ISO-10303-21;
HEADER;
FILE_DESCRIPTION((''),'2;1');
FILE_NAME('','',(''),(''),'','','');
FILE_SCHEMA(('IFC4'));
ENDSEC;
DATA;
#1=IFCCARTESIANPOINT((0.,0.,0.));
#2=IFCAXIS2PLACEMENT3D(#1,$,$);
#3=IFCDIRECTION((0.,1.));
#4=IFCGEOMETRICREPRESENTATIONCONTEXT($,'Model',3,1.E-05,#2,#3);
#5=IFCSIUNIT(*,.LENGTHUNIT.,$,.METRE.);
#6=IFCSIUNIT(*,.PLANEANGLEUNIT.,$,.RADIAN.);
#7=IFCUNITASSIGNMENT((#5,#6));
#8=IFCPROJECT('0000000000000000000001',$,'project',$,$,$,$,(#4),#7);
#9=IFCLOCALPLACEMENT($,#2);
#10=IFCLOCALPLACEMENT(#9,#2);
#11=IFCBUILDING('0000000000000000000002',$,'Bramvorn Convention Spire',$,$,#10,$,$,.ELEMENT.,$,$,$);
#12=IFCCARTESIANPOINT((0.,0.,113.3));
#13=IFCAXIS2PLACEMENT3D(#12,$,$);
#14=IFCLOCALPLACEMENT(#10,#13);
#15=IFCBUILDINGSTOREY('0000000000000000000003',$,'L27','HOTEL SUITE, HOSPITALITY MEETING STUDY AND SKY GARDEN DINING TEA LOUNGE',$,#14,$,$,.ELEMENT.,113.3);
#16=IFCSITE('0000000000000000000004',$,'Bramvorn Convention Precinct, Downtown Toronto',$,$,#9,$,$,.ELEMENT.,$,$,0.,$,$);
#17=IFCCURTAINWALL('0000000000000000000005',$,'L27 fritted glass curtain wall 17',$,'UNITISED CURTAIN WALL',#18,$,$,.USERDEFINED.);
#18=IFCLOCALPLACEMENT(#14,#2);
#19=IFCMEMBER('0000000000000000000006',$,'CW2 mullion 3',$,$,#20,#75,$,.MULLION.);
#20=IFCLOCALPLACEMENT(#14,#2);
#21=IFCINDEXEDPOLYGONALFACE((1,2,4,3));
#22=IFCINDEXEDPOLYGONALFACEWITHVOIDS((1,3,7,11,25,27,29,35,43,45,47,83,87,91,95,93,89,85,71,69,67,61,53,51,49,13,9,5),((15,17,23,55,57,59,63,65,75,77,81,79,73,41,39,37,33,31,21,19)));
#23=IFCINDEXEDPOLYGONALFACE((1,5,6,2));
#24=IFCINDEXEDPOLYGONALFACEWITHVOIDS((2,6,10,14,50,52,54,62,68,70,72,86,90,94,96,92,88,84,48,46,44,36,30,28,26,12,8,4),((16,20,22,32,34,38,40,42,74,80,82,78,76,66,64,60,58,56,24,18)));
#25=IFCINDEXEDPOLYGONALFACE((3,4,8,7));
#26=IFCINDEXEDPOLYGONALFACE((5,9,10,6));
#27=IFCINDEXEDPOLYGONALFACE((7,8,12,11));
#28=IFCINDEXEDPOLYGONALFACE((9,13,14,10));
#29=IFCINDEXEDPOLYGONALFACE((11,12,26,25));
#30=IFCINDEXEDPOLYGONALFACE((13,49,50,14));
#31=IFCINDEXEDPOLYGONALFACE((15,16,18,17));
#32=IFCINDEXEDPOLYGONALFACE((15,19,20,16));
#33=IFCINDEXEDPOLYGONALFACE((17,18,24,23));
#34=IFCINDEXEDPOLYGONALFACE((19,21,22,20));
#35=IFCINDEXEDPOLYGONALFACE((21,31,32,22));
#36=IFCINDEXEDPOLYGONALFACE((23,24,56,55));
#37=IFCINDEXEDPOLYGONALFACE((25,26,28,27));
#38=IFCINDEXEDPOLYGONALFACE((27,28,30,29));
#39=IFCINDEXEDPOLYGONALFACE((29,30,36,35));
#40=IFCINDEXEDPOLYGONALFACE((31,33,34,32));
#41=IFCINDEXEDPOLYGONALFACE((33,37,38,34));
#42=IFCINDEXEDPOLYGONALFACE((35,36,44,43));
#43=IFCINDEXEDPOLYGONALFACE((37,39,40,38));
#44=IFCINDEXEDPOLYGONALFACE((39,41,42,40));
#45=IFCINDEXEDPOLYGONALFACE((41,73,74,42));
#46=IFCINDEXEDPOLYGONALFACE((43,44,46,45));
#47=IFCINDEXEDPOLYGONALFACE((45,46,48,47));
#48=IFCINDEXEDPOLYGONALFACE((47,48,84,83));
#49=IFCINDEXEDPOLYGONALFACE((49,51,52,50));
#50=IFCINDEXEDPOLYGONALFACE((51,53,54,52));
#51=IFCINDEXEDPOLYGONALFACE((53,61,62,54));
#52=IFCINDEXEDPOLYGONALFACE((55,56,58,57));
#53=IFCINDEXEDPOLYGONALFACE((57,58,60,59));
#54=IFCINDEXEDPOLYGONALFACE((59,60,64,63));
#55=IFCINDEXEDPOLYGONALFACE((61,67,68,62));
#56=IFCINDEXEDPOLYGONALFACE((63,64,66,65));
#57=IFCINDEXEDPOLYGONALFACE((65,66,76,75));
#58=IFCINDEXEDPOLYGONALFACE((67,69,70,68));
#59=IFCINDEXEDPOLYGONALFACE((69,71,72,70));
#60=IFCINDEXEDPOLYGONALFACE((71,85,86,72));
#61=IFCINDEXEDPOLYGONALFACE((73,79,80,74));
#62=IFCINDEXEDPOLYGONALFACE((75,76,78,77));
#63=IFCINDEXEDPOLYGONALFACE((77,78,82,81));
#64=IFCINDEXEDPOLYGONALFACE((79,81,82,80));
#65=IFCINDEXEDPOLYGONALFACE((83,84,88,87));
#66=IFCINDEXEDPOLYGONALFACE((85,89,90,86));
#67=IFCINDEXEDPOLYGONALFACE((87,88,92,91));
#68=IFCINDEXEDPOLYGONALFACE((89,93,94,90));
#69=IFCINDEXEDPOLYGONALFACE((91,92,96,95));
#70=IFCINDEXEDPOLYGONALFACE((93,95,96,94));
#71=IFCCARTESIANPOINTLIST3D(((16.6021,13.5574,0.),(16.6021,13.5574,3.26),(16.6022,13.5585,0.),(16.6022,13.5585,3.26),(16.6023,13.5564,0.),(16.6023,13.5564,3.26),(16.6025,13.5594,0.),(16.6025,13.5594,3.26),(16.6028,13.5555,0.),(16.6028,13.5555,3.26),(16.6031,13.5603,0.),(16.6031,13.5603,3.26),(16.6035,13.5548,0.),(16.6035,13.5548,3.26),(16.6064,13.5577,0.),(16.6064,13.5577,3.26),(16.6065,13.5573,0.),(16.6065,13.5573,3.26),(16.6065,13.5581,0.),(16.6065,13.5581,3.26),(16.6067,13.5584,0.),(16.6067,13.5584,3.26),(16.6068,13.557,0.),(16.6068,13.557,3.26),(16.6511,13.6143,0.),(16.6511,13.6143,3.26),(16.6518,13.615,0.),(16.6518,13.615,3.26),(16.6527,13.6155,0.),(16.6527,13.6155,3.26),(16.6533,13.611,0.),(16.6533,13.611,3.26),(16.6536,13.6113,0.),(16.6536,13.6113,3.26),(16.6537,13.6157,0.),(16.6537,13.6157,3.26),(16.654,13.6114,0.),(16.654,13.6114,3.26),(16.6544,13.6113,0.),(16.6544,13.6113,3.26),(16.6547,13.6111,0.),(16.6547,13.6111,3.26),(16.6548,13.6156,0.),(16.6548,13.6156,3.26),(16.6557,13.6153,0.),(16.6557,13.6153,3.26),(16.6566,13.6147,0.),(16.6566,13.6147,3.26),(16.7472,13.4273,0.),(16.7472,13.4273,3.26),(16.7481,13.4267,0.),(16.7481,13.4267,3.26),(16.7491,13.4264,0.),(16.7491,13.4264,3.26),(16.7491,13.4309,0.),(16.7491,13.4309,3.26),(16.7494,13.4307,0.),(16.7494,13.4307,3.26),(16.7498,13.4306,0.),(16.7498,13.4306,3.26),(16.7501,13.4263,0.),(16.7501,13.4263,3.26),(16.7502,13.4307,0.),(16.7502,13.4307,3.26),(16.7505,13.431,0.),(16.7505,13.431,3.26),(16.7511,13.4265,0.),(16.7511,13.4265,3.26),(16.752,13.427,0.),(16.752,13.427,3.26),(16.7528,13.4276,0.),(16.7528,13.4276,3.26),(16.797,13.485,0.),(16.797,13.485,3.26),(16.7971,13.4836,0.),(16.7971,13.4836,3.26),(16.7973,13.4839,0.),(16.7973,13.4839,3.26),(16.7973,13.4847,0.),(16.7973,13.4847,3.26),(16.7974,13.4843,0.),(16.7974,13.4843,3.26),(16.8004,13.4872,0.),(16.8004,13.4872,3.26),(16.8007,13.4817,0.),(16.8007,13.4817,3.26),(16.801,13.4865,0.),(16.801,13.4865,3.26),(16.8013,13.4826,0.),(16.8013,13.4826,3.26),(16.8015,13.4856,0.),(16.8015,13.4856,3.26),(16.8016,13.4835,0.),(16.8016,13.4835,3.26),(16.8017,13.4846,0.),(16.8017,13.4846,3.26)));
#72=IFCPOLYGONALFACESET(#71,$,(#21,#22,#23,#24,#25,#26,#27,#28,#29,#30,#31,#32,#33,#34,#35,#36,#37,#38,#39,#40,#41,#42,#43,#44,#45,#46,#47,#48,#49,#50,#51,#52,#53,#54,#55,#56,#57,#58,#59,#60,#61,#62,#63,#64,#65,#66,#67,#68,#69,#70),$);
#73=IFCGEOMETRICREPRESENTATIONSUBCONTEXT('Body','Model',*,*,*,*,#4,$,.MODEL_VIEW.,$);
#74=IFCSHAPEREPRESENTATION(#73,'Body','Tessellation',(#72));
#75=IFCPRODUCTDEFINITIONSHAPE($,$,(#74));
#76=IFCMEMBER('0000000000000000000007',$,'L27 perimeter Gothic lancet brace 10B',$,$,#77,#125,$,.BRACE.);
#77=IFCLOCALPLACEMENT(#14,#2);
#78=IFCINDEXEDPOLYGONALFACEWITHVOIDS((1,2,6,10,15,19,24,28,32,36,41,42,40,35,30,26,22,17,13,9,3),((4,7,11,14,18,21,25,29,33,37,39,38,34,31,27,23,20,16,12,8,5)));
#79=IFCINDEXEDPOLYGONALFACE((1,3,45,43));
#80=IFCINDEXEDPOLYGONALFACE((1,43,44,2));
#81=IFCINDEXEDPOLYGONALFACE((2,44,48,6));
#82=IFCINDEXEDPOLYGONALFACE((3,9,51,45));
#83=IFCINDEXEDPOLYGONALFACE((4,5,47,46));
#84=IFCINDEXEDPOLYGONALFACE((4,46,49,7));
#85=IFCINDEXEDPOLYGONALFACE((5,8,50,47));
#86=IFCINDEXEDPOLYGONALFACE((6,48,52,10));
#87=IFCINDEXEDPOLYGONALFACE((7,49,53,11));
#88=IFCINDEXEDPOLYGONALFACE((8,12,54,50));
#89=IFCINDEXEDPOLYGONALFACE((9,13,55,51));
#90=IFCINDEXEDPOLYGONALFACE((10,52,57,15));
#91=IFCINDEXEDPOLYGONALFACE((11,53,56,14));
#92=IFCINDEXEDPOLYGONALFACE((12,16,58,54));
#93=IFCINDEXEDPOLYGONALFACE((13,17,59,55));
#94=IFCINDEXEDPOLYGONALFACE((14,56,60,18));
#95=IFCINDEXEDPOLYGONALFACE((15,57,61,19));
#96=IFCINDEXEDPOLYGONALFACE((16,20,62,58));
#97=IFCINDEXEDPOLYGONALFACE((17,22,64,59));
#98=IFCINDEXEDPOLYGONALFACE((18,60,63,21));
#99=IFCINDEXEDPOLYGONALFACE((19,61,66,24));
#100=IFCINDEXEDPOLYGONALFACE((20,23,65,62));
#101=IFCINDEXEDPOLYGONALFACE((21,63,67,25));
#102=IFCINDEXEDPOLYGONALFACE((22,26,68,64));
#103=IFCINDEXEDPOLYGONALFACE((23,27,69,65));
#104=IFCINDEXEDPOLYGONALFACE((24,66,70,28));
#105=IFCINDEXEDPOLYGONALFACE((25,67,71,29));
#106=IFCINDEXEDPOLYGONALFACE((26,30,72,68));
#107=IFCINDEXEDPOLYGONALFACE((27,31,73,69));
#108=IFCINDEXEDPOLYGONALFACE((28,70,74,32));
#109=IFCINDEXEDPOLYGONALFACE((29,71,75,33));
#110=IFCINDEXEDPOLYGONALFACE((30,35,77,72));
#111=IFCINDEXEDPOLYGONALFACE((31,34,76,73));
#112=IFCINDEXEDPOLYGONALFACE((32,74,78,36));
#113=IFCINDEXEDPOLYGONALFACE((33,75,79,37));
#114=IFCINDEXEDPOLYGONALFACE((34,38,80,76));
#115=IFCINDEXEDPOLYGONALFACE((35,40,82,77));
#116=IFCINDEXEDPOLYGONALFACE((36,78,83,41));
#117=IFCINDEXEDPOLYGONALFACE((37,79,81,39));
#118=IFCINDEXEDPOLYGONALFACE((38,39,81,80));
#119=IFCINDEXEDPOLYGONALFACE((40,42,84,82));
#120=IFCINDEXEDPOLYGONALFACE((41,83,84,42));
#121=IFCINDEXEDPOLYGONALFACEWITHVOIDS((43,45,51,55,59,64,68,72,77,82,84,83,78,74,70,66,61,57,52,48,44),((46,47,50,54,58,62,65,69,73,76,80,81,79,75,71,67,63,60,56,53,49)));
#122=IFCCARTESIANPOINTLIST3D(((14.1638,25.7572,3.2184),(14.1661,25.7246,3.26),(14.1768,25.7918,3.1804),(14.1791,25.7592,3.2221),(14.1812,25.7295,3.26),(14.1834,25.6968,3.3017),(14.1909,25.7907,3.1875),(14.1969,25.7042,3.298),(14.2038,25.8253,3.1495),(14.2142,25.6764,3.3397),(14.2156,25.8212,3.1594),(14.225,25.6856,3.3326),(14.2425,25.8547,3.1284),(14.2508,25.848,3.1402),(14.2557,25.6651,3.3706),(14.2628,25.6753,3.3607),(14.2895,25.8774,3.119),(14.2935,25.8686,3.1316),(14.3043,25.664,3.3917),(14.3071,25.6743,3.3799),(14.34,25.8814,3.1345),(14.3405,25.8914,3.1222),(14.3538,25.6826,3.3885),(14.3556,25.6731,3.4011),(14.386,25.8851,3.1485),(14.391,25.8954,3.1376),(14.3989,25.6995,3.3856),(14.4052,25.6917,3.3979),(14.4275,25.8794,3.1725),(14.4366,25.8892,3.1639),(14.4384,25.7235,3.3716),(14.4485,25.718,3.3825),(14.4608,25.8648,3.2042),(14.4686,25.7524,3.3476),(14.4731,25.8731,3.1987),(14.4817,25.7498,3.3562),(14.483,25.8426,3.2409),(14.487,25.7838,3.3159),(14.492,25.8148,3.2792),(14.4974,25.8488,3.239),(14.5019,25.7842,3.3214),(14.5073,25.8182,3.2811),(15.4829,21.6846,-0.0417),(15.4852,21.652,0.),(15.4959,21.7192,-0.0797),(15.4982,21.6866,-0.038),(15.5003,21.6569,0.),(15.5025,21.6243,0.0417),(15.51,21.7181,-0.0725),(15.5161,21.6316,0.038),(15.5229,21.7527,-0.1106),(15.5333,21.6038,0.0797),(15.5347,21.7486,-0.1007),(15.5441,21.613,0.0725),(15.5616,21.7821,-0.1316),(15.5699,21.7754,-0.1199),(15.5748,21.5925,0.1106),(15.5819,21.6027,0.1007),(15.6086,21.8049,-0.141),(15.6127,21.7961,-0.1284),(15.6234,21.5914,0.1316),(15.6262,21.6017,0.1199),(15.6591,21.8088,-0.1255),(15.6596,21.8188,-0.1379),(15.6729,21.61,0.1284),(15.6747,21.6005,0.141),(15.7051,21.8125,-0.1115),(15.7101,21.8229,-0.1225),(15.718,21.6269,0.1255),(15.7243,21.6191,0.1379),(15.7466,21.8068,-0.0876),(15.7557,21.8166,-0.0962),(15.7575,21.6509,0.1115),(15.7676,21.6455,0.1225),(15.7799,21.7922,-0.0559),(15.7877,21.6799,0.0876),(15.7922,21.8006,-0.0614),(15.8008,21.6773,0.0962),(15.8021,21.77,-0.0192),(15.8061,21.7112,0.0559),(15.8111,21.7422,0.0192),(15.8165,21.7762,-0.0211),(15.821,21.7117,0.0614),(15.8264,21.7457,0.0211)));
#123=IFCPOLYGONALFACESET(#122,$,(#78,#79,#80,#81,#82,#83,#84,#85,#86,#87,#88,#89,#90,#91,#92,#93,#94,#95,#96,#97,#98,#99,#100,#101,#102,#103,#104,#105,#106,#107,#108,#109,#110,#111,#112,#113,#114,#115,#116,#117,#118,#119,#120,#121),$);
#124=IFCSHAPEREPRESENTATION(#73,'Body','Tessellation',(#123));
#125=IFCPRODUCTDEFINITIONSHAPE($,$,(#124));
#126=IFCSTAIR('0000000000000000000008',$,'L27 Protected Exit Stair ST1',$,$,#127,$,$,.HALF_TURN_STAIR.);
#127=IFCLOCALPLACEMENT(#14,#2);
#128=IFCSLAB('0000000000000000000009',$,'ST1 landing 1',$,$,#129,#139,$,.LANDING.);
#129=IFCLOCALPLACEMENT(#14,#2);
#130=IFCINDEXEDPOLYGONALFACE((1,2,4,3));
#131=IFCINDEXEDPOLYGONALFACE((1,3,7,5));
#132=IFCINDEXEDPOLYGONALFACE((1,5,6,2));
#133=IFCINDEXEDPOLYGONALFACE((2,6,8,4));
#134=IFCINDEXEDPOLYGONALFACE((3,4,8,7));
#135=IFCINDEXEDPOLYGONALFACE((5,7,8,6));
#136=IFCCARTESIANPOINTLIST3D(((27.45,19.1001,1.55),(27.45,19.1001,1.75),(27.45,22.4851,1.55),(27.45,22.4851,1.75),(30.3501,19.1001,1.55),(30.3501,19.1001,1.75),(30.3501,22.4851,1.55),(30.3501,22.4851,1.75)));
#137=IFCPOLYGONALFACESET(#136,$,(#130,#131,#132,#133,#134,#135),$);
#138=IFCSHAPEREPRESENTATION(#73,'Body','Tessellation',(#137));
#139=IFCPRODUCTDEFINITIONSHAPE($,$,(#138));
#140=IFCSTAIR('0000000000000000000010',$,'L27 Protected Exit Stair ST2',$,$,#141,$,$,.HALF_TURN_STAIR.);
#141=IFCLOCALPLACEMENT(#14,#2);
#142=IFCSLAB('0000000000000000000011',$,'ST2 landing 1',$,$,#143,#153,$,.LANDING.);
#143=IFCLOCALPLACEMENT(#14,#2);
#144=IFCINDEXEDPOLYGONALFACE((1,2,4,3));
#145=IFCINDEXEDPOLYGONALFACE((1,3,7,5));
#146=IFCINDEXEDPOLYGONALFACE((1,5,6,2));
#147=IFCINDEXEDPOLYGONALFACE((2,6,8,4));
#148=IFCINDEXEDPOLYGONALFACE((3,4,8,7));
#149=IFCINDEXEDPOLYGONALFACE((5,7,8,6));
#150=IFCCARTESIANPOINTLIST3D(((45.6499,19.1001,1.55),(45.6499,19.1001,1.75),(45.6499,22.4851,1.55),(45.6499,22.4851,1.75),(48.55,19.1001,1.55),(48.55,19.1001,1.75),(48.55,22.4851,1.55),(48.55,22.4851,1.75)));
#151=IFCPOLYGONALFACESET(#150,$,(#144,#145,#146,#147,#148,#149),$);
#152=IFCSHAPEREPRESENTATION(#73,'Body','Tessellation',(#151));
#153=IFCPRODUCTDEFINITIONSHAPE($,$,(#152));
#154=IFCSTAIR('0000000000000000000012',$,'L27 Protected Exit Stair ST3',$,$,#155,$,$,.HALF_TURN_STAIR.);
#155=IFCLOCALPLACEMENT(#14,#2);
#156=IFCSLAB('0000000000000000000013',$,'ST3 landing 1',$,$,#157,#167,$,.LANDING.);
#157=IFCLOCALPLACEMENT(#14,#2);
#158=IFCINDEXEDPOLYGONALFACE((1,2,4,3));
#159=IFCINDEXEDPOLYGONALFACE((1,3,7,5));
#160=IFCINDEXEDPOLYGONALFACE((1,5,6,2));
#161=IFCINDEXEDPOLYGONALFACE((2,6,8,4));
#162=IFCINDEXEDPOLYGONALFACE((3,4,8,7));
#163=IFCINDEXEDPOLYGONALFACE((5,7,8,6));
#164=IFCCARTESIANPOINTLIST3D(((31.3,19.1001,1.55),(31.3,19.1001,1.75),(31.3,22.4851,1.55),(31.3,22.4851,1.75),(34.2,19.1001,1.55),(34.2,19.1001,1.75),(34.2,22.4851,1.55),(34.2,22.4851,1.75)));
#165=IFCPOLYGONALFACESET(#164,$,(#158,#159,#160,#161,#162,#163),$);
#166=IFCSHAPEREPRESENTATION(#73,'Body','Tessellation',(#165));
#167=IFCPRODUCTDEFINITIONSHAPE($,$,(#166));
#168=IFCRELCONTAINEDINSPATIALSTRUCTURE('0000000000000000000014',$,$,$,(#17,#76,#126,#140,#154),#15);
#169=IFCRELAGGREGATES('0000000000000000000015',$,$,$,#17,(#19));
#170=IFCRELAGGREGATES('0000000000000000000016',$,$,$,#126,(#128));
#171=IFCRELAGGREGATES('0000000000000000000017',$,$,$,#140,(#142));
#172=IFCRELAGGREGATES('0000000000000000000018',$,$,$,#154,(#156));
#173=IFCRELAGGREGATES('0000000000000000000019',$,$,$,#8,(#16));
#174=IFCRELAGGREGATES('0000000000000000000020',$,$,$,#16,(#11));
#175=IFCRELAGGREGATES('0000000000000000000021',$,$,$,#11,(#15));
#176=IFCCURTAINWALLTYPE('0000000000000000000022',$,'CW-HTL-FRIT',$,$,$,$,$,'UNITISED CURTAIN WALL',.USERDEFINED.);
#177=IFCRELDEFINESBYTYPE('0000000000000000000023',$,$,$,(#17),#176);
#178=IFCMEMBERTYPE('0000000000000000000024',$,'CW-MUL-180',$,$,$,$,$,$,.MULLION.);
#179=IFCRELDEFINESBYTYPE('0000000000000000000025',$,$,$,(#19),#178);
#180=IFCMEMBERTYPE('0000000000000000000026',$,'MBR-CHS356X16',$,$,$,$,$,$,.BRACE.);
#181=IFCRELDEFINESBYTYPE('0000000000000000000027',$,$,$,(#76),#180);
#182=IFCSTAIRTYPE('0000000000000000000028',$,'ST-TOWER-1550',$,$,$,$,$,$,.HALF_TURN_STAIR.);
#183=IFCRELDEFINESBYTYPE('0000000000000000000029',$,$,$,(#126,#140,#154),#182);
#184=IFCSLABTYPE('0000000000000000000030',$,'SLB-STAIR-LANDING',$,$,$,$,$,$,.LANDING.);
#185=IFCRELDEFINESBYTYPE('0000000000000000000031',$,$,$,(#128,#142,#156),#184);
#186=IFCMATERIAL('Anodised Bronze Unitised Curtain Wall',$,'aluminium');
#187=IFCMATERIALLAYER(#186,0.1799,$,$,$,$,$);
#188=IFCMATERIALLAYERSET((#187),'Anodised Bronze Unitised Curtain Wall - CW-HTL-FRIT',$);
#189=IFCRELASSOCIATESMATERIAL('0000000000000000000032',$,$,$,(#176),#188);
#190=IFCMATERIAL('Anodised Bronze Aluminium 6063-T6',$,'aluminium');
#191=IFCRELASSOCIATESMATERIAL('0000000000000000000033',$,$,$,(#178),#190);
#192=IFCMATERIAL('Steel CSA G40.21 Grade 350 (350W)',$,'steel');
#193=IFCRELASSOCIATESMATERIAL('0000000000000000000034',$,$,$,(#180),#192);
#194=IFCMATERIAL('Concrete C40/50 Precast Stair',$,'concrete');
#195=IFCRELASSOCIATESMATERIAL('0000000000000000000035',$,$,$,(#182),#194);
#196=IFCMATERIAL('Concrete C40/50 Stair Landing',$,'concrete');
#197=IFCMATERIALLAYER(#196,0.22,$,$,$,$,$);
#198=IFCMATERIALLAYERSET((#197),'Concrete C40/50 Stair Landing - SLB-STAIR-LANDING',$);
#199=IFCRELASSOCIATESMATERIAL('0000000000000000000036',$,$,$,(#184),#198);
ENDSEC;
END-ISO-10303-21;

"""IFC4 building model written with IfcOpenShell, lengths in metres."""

from ifc_helpers import new_model, si_unit, direction, frame, origin, origin_2d, place, context, subcontext, project, spatial, polyline, hollow_rectangle, hollow_circle, outline, extrude, material, layer, layer_set, material_profile, profile_set, type_object, element, aggregate, save


model = new_model("IFC4")

# Units and contexts
model_context = context("Model", 3, precision=1e-05, world=origin(), true_north=direction((0.0, 1.0)))
body_context = subcontext(model_context, "Body", "Model", "MODEL_VIEW")
ifc_project = project(units=[si_unit("LENGTHUNIT", "METRE"), si_unit("PLANEANGLEUNIT", "RADIAN")], contexts=[model_context])

# Site, building, storey
site_placement = place(None, origin())
site = spatial("IfcSite", under=ifc_project, at=site_placement, Name="Bramvorn Convention Precinct, Downtown Toronto", CompositionType="ELEMENT", RefElevation=0.0)
building_placement = place(site_placement, origin())
building = spatial("IfcBuilding", under=site, at=building_placement, Name="Bramvorn Convention Spire", CompositionType="ELEMENT")
storey_placement = place(building_placement, frame((0.0, 0.0, 113.3)))
storey = spatial("IfcBuildingStorey", under=building, at=storey_placement, Name="L27", Description="HOTEL SUITE, HOSPITALITY MEETING STUDY AND SKY GARDEN DINING TEA LOUNGE", CompositionType="ELEMENT", Elevation=113.3)

# Shared definitions
ifc_material_1 = material(Name="Steel CSA G40.21 Grade 350 (350W)", Category="steel")

# Curtain wall, member
ifc_material_2 = material(Name="Anodised Bronze Unitised Curtain Wall", Category="aluminium")
ifc_layer_1 = layer(ifc_material_2, 0.1799)
ifc_layer_set_1 = layer_set([ifc_layer_1], Name="Anodised Bronze Unitised Curtain Wall - CW-HTL-FRIT")
curtain_wall_type = type_object("IfcCurtainWallType", Name="CW-HTL-FRIT", ElementType="UNITISED CURTAIN WALL", PredefinedType="USERDEFINED", material=ifc_layer_set_1)
curtain_wall_placement = place(storey_placement, origin())
curtain_wall = element("IfcCurtainWall", 1, at=curtain_wall_placement, inside=storey, type_object=curtain_wall_type, Name="L27 fritted glass curtain wall 17", ObjectType="UNITISED CURTAIN WALL", PredefinedType="USERDEFINED")
ifc_material_3 = material(Name="Anodised Bronze Aluminium 6063-T6", Category="aluminium")
ifc_material_profile_1 = material_profile(ifc_material_3, hollow_rectangle(XDim=0.0801, YDim=0.2, WallThickness=0.0039, InnerFilletRadius=0.001, OuterFilletRadius=0.0039, at=origin_2d()))
ifc_profile_set_1 = profile_set([ifc_material_profile_1], Name="Anodised Bronze Aluminium 6063-T6 - CWM80X200")
member_type_1 = type_object("IfcMemberType", Name="CW-MUL-180", PredefinedType="MULLION", material=ifc_profile_set_1)
member_1_placement = place(storey_placement, frame((16.7019, 13.521, 0.0), z_axis=(0.0, 0.0, 1.0), x_axis=(-0.663271, -0.748379, 0.0)))
member_1 = element("IfcMember", 2, at=member_1_placement, type_object=member_type_1, Name="CW2 mullion 3", PredefinedType="MULLION", context=body_context, shape_type="SweptSolid", body=[
    extrude(hollow_rectangle(XDim=0.0801, YDim=0.2, WallThickness=0.0039, InnerFilletRadius=0.001, OuterFilletRadius=0.0039, at=origin_2d()), origin(), (0.0, 0.0, 1.0), 3.26),
])
aggregate(curtain_wall, [member_1])

# Member
ifc_material_profile_2 = material_profile(ifc_material_1, hollow_circle(Radius=0.1777, WallThickness=0.0159, at=origin_2d()))
ifc_profile_set_2 = profile_set([ifc_material_profile_2], Name="Steel CSA G40.21 Grade 350 (350W) - CHS356X16")
member_type_2 = type_object("IfcMemberType", Name="MBR-CHS356X16", PredefinedType="BRACE", material=ifc_profile_set_2)
member_2_placement = place(storey_placement, frame((15.6543, 21.7068, 0.0), z_axis=(-0.245148, 0.75686, 0.60586), x_axis=(-0.951341, -0.308141, 0.0)))
element("IfcMember", 3, at=member_2_placement, inside=storey, type_object=member_type_2, Name="L27 perimeter Gothic lancet brace 10B", PredefinedType="BRACE", context=body_context, shape_type="SweptSolid", body=[
    extrude(hollow_circle(Radius=0.1777, WallThickness=0.0159, at=origin_2d()), origin(), (0.0, 0.0, 1.0), 5.3809),
])

# Stairs, slabs
ifc_material_4 = material(Name="Concrete C40/50 Precast Stair", Category="concrete")
stair_type = type_object("IfcStairType", Name="ST-TOWER-1550", PredefinedType="HALF_TURN_STAIR", material=ifc_material_4)
stair_1_placement = place(storey_placement, origin())
stair_1 = element("IfcStair", 4, at=stair_1_placement, inside=storey, type_object=stair_type, Name="L27 Protected Exit Stair ST1", PredefinedType="HALF_TURN_STAIR")
ifc_material_5 = material(Name="Concrete C40/50 Stair Landing", Category="concrete")
ifc_layer_2 = layer(ifc_material_5, 0.22)
ifc_layer_set_2 = layer_set([ifc_layer_2], Name="Concrete C40/50 Stair Landing - SLB-STAIR-LANDING")
slab_type_1 = type_object("IfcSlabType", Name="SLB-STAIR-LANDING", PredefinedType="LANDING", material=ifc_layer_set_2)
slab_1_placement = place(storey_placement, frame((0.0, 0.0, 1.55)))
slab_1 = element("IfcSlab", 5, at=slab_1_placement, type_object=slab_type_1, Name="ST1 landing 1", PredefinedType="LANDING", context=body_context, shape_type="SweptSolid", body=[
    extrude(outline(polyline([(27.45, 22.4851), (27.45, 19.1001), (30.3501, 19.1001), (30.3501, 22.4851), (27.45, 22.4851)])), origin(), (0.0, 0.0, 1.0), 0.2),
])
aggregate(stair_1, [slab_1])
stair_2_placement = place(storey_placement, origin())
stair_2 = element("IfcStair", 6, at=stair_2_placement, inside=storey, type_object=stair_type, Name="L27 Protected Exit Stair ST2", PredefinedType="HALF_TURN_STAIR")
slab_2_placement = place(storey_placement, frame((0.0, 0.0, 1.55)))
slab_2 = element("IfcSlab", 7, at=slab_2_placement, type_object=slab_type_1, Name="ST2 landing 1", PredefinedType="LANDING", context=body_context, shape_type="SweptSolid", body=[
    extrude(outline(polyline([(45.6499, 22.4851), (45.6499, 19.1001), (48.55, 19.1001), (48.55, 22.4851), (45.6499, 22.4851)])), origin(), (0.0, 0.0, 1.0), 0.2),
])
aggregate(stair_2, [slab_2])
stair_3_placement = place(storey_placement, origin())
stair_3 = element("IfcStair", 8, at=stair_3_placement, inside=storey, type_object=stair_type, Name="L27 Protected Exit Stair ST3", PredefinedType="HALF_TURN_STAIR")
slab_3_placement = place(storey_placement, frame((0.0, 0.0, 1.55)))
slab_3 = element("IfcSlab", 9, at=slab_3_placement, type_object=slab_type_1, Name="ST3 landing 1", PredefinedType="LANDING", context=body_context, shape_type="SweptSolid", body=[
    extrude(outline(polyline([(31.3, 22.4851), (31.3, 19.1001), (34.2, 19.1001), (34.2, 22.4851), (31.3, 22.4851)])), origin(), (0.0, 0.0, 1.0), 0.2),
])
aggregate(stair_3, [slab_3])

save(model, "model.ifc")
